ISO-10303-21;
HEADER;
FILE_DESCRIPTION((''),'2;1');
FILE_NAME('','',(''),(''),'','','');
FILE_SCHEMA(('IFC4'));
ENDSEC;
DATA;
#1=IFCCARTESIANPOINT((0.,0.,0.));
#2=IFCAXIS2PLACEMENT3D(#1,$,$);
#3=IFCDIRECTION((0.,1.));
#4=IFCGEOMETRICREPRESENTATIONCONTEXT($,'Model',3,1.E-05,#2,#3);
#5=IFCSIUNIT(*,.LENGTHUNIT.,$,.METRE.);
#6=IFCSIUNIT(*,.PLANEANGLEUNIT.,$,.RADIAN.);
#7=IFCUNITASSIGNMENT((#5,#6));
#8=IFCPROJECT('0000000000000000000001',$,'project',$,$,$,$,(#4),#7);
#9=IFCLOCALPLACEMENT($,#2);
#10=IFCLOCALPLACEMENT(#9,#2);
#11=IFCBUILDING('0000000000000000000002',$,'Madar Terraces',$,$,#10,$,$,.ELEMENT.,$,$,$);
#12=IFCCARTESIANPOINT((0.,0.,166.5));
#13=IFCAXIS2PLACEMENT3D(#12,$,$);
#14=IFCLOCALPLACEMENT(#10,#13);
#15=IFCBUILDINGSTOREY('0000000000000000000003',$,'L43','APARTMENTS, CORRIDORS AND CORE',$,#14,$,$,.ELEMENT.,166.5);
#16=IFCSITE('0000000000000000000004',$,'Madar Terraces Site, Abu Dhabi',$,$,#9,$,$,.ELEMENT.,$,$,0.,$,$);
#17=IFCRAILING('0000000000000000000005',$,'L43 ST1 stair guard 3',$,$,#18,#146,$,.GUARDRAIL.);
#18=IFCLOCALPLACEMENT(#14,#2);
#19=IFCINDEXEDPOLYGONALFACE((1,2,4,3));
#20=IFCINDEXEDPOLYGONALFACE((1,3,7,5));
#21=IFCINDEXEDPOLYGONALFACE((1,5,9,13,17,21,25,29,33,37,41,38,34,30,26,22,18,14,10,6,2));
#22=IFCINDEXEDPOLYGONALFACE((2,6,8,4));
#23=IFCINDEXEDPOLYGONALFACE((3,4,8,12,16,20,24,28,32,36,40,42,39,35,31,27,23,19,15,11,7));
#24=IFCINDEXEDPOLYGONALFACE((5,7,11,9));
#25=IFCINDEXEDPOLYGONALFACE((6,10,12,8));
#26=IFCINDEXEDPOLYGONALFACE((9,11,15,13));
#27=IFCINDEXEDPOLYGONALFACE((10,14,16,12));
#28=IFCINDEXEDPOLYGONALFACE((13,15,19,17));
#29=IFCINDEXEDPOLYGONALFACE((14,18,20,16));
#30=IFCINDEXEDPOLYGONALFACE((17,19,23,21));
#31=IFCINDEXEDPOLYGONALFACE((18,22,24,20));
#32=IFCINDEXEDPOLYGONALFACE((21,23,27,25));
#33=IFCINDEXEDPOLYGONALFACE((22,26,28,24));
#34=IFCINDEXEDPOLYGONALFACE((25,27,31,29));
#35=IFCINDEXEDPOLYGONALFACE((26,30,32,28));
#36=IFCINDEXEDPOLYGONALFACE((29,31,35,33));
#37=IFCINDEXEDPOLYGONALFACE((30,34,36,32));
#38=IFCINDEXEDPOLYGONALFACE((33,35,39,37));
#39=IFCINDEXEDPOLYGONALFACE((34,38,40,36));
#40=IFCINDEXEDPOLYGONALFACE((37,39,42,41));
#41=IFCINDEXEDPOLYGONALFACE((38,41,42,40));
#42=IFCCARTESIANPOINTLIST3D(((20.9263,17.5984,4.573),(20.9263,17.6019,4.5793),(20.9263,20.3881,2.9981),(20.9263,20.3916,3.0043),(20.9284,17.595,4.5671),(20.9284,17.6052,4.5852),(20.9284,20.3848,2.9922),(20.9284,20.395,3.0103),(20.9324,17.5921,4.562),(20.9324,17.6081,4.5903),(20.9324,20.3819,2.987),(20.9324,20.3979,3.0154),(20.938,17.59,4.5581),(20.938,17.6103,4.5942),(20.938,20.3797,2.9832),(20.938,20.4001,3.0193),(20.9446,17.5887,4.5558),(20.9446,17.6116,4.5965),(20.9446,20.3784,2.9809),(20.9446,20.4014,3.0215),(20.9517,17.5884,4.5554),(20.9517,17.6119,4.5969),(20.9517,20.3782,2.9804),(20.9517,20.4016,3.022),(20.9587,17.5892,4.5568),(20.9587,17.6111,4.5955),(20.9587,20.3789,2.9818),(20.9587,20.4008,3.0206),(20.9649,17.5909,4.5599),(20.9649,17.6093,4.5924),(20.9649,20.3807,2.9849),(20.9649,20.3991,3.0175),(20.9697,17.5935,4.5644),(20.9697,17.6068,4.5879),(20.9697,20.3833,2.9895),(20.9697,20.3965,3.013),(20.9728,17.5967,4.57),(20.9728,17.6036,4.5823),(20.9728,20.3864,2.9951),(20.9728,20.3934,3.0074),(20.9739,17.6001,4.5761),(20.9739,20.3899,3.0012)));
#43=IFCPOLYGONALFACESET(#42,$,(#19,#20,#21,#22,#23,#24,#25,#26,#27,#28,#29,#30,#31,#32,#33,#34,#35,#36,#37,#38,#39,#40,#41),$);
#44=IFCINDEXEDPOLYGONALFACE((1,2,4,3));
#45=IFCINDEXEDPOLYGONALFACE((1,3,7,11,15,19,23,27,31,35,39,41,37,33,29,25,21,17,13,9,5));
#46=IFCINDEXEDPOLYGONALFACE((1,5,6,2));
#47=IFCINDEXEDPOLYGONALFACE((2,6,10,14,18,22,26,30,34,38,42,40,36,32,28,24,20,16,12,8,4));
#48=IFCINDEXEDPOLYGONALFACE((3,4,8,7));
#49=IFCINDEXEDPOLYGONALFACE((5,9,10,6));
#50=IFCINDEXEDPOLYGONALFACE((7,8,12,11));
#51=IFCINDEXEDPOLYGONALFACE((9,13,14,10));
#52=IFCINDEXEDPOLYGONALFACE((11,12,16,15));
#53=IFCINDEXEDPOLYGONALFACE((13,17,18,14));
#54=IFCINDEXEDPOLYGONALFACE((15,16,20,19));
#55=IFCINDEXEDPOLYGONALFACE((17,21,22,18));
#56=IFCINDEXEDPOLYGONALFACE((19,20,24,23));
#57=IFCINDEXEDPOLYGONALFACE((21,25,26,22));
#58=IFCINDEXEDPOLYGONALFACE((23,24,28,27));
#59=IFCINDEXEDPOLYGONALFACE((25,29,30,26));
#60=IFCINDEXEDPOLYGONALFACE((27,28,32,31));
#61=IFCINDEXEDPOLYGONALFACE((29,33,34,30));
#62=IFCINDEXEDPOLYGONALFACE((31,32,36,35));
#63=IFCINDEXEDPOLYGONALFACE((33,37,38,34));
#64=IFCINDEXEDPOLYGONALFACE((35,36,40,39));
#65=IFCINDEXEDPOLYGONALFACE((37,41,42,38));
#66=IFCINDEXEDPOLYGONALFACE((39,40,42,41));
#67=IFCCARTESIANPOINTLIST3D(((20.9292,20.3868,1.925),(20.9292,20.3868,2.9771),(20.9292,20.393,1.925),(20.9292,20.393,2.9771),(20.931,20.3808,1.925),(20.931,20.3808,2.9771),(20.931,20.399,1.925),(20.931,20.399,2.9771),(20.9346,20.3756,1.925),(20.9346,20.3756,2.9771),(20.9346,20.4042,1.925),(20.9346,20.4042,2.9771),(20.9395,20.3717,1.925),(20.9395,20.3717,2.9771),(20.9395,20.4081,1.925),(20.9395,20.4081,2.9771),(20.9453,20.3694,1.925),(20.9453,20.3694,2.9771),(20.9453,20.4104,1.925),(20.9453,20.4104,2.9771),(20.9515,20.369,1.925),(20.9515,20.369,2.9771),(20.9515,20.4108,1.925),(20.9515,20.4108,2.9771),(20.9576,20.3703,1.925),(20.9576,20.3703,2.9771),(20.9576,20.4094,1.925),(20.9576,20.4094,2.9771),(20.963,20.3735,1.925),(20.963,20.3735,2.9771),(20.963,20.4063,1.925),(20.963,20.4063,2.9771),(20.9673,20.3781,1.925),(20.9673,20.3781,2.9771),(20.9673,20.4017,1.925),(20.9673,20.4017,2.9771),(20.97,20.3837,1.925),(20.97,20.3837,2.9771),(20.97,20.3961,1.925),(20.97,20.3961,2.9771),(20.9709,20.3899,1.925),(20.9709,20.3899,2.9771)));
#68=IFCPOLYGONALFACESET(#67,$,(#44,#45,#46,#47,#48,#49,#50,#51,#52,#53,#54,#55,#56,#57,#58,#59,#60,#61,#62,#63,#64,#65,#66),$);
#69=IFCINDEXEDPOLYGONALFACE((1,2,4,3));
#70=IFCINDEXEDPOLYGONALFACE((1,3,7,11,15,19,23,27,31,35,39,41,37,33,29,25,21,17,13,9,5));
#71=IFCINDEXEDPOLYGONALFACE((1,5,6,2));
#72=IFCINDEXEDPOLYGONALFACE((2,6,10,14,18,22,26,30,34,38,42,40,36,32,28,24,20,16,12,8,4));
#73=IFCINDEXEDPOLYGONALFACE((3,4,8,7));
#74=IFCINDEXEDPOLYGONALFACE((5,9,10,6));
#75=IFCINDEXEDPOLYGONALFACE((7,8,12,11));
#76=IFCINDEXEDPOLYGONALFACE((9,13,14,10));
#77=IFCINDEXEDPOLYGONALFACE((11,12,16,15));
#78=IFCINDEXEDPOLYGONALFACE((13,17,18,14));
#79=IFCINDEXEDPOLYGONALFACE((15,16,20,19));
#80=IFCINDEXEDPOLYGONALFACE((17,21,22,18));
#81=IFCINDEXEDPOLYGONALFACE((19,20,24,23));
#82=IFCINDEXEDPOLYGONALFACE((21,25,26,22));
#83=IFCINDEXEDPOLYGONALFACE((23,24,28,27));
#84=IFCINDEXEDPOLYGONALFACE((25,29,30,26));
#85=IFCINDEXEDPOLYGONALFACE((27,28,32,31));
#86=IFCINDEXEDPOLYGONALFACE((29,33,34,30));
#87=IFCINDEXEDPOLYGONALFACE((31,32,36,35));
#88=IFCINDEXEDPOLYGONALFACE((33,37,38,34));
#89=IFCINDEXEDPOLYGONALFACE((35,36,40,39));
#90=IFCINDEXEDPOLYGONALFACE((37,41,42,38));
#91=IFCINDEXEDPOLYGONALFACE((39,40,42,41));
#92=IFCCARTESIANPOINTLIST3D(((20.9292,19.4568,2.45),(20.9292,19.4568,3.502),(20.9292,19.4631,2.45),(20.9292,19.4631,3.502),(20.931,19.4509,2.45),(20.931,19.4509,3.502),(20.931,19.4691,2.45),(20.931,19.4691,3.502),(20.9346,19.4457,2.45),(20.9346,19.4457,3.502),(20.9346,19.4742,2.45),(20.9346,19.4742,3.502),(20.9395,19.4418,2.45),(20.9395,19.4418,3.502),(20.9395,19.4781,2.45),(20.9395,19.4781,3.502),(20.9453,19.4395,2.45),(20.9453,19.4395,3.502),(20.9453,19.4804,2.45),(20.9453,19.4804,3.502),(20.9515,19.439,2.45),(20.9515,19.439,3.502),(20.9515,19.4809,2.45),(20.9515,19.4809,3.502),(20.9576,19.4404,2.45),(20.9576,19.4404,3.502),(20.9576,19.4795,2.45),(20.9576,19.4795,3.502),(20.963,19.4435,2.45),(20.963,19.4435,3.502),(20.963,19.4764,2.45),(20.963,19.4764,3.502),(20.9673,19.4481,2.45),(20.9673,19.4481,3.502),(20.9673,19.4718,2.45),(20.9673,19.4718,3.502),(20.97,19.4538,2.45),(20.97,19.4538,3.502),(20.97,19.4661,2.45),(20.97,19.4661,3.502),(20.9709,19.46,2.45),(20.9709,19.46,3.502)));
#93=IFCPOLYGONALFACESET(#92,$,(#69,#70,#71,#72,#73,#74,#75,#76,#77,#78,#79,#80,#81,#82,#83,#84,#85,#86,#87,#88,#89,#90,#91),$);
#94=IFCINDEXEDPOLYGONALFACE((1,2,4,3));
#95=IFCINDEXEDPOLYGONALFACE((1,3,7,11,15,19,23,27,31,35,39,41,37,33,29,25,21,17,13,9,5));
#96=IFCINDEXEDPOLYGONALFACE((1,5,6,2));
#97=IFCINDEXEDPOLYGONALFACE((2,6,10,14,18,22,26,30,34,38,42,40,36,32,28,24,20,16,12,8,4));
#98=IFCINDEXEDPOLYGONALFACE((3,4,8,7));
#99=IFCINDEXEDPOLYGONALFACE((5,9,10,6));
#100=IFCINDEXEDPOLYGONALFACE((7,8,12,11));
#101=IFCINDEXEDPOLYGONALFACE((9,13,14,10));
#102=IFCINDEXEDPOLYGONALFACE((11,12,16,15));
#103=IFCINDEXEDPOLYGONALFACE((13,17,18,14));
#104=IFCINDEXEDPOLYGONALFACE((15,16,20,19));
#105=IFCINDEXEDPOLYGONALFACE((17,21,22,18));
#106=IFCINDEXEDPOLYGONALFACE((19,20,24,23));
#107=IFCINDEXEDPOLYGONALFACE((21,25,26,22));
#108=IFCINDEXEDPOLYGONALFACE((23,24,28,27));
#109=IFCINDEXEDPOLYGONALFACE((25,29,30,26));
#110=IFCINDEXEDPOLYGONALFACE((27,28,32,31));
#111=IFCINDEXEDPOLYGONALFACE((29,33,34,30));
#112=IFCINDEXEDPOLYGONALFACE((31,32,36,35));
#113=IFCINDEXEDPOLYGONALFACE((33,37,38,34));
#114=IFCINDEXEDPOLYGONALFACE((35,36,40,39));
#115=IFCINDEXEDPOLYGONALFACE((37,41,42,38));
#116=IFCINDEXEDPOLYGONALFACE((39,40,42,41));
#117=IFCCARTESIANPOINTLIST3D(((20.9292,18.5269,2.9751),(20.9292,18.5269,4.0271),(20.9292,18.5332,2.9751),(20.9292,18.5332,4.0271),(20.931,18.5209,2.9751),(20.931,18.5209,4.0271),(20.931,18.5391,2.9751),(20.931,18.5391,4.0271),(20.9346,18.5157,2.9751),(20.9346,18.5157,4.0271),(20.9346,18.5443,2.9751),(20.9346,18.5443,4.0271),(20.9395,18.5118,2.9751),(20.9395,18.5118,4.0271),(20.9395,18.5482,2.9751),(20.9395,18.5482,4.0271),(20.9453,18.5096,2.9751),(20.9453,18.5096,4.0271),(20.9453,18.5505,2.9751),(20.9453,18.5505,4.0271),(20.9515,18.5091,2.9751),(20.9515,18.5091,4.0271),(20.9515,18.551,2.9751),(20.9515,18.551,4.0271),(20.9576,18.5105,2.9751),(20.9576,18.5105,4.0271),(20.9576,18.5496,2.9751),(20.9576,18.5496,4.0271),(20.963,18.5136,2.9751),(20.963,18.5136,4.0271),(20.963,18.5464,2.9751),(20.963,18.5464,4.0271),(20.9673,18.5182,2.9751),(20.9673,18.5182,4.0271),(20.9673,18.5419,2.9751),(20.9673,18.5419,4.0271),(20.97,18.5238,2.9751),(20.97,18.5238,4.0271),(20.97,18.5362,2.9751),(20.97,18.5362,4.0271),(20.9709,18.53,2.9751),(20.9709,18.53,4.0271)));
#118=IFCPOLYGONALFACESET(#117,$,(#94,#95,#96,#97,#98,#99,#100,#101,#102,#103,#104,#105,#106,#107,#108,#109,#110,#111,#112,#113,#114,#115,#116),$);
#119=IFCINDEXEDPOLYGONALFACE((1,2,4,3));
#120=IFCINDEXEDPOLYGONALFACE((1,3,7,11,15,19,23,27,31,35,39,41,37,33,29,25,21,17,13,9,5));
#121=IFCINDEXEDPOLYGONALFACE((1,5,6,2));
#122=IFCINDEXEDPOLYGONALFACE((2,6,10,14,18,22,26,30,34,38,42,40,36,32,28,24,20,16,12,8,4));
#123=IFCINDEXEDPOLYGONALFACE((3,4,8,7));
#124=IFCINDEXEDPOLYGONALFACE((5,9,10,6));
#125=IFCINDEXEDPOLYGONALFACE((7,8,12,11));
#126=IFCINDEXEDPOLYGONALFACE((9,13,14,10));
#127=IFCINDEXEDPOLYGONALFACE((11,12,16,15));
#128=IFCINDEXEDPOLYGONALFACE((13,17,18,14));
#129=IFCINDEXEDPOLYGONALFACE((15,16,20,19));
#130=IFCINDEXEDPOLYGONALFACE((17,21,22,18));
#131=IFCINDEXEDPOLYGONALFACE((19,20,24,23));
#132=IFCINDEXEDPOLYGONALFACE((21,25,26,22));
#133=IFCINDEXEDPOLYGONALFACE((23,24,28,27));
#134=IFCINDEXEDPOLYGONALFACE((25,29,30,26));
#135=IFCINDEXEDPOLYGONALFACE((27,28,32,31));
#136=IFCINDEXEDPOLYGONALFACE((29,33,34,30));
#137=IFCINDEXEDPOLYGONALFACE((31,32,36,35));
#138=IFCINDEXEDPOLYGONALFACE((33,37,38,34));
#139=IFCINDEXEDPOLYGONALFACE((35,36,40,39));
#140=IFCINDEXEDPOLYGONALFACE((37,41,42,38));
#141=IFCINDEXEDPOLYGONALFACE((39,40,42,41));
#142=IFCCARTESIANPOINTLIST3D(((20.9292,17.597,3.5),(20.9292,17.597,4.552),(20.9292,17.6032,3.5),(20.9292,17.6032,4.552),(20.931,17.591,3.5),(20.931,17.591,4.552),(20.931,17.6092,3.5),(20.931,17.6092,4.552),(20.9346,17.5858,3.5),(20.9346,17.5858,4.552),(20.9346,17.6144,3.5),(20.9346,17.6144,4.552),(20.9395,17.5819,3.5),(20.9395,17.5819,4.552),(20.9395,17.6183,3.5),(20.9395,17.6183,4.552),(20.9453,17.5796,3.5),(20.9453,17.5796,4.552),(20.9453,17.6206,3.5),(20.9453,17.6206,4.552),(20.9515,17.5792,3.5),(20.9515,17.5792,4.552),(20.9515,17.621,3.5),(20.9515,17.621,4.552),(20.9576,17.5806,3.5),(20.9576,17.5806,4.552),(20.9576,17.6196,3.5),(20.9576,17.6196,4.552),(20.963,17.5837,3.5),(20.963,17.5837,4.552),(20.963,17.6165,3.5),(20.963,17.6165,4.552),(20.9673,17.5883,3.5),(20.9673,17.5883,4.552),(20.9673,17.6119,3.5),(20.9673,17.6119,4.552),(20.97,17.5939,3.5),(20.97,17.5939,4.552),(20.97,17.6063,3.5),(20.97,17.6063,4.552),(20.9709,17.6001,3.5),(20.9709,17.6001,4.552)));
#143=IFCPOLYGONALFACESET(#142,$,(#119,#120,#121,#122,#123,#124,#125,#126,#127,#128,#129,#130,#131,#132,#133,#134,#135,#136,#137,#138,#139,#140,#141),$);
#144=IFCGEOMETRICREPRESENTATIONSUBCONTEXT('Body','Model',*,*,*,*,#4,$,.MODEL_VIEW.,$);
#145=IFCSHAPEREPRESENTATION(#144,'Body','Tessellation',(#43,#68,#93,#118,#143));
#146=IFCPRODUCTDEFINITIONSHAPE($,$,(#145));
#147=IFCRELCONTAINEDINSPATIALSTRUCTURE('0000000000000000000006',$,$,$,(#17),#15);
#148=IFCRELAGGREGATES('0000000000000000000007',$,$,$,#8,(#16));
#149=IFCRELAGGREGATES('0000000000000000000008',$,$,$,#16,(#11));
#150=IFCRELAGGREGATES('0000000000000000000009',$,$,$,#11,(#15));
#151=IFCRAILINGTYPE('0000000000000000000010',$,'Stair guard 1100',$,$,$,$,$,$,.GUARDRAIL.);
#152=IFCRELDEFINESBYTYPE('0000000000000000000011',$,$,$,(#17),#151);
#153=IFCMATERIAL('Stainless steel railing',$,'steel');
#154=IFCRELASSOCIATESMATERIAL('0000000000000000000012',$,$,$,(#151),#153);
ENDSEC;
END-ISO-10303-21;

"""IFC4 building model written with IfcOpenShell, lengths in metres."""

from ifc_helpers import new_model, si_unit, direction, frame, origin, origin_2d, place, context, subcontext, project, spatial, circle, extrude, material, type_object, element, save


model = new_model("IFC4")

# Units and contexts
model_context = context("Model", 3, precision=1e-05, world=origin(), true_north=direction((0.0, 1.0)))
body_context = subcontext(model_context, "Body", "Model", "MODEL_VIEW")
ifc_project = project(units=[si_unit("LENGTHUNIT", "METRE"), si_unit("PLANEANGLEUNIT", "RADIAN")], contexts=[model_context])

# Site, building, storey
site_placement = place(None, origin())
site = spatial("IfcSite", under=ifc_project, at=site_placement, Name="Madar Terraces Site, Abu Dhabi", CompositionType="ELEMENT", RefElevation=0.0)
building_placement = place(site_placement, origin())
building = spatial("IfcBuilding", under=site, at=building_placement, Name="Madar Terraces", CompositionType="ELEMENT")
storey_placement = place(building_placement, frame((0.0, 0.0, 166.5)))
storey = spatial("IfcBuildingStorey", under=building, at=storey_placement, Name="L43", Description="APARTMENTS, CORRIDORS AND CORE", CompositionType="ELEMENT", Elevation=166.5)

# Railing
ifc_material_1 = material(Name="Stainless steel railing", Category="steel")
railing_type_1 = type_object("IfcRailingType", Name="Stair guard 1100", PredefinedType="GUARDRAIL", material=ifc_material_1)
railing_1_placement = place(storey_placement, frame((20.95, 20.3899, 1.925)))
element("IfcRailing", 1, at=railing_1_placement, inside=storey, type_object=railing_type_1, Name="L43 ST1 stair guard 3", PredefinedType="GUARDRAIL", context=body_context, shape_type="SweptSolid", body=[
    extrude(circle(Radius=0.0239, at=origin_2d()), frame((0.0, 0.0, 1.0762), z_axis=(0.0, -0.870815, 0.49161), x_axis=(1.0, 0.0, 0.0)), (0.0, 0.0, 1.0), 3.2036),
    extrude(circle(Radius=0.021, at=origin_2d()), origin(), (0.0, 0.0, 1.0), 1.052),
    extrude(circle(Radius=0.021, at=origin_2d()), frame((0.0, -0.9299, 0.5249)), (0.0, 0.0, 1.0), 1.052),
    extrude(circle(Radius=0.021, at=origin_2d()), frame((0.0, -1.8599, 1.05)), (0.0, 0.0, 1.0), 1.052),
    extrude(circle(Radius=0.021, at=origin_2d()), frame((0.0, -2.7898, 1.575)), (0.0, 0.0, 1.0), 1.052),
])

save(model, "model.ifc")
